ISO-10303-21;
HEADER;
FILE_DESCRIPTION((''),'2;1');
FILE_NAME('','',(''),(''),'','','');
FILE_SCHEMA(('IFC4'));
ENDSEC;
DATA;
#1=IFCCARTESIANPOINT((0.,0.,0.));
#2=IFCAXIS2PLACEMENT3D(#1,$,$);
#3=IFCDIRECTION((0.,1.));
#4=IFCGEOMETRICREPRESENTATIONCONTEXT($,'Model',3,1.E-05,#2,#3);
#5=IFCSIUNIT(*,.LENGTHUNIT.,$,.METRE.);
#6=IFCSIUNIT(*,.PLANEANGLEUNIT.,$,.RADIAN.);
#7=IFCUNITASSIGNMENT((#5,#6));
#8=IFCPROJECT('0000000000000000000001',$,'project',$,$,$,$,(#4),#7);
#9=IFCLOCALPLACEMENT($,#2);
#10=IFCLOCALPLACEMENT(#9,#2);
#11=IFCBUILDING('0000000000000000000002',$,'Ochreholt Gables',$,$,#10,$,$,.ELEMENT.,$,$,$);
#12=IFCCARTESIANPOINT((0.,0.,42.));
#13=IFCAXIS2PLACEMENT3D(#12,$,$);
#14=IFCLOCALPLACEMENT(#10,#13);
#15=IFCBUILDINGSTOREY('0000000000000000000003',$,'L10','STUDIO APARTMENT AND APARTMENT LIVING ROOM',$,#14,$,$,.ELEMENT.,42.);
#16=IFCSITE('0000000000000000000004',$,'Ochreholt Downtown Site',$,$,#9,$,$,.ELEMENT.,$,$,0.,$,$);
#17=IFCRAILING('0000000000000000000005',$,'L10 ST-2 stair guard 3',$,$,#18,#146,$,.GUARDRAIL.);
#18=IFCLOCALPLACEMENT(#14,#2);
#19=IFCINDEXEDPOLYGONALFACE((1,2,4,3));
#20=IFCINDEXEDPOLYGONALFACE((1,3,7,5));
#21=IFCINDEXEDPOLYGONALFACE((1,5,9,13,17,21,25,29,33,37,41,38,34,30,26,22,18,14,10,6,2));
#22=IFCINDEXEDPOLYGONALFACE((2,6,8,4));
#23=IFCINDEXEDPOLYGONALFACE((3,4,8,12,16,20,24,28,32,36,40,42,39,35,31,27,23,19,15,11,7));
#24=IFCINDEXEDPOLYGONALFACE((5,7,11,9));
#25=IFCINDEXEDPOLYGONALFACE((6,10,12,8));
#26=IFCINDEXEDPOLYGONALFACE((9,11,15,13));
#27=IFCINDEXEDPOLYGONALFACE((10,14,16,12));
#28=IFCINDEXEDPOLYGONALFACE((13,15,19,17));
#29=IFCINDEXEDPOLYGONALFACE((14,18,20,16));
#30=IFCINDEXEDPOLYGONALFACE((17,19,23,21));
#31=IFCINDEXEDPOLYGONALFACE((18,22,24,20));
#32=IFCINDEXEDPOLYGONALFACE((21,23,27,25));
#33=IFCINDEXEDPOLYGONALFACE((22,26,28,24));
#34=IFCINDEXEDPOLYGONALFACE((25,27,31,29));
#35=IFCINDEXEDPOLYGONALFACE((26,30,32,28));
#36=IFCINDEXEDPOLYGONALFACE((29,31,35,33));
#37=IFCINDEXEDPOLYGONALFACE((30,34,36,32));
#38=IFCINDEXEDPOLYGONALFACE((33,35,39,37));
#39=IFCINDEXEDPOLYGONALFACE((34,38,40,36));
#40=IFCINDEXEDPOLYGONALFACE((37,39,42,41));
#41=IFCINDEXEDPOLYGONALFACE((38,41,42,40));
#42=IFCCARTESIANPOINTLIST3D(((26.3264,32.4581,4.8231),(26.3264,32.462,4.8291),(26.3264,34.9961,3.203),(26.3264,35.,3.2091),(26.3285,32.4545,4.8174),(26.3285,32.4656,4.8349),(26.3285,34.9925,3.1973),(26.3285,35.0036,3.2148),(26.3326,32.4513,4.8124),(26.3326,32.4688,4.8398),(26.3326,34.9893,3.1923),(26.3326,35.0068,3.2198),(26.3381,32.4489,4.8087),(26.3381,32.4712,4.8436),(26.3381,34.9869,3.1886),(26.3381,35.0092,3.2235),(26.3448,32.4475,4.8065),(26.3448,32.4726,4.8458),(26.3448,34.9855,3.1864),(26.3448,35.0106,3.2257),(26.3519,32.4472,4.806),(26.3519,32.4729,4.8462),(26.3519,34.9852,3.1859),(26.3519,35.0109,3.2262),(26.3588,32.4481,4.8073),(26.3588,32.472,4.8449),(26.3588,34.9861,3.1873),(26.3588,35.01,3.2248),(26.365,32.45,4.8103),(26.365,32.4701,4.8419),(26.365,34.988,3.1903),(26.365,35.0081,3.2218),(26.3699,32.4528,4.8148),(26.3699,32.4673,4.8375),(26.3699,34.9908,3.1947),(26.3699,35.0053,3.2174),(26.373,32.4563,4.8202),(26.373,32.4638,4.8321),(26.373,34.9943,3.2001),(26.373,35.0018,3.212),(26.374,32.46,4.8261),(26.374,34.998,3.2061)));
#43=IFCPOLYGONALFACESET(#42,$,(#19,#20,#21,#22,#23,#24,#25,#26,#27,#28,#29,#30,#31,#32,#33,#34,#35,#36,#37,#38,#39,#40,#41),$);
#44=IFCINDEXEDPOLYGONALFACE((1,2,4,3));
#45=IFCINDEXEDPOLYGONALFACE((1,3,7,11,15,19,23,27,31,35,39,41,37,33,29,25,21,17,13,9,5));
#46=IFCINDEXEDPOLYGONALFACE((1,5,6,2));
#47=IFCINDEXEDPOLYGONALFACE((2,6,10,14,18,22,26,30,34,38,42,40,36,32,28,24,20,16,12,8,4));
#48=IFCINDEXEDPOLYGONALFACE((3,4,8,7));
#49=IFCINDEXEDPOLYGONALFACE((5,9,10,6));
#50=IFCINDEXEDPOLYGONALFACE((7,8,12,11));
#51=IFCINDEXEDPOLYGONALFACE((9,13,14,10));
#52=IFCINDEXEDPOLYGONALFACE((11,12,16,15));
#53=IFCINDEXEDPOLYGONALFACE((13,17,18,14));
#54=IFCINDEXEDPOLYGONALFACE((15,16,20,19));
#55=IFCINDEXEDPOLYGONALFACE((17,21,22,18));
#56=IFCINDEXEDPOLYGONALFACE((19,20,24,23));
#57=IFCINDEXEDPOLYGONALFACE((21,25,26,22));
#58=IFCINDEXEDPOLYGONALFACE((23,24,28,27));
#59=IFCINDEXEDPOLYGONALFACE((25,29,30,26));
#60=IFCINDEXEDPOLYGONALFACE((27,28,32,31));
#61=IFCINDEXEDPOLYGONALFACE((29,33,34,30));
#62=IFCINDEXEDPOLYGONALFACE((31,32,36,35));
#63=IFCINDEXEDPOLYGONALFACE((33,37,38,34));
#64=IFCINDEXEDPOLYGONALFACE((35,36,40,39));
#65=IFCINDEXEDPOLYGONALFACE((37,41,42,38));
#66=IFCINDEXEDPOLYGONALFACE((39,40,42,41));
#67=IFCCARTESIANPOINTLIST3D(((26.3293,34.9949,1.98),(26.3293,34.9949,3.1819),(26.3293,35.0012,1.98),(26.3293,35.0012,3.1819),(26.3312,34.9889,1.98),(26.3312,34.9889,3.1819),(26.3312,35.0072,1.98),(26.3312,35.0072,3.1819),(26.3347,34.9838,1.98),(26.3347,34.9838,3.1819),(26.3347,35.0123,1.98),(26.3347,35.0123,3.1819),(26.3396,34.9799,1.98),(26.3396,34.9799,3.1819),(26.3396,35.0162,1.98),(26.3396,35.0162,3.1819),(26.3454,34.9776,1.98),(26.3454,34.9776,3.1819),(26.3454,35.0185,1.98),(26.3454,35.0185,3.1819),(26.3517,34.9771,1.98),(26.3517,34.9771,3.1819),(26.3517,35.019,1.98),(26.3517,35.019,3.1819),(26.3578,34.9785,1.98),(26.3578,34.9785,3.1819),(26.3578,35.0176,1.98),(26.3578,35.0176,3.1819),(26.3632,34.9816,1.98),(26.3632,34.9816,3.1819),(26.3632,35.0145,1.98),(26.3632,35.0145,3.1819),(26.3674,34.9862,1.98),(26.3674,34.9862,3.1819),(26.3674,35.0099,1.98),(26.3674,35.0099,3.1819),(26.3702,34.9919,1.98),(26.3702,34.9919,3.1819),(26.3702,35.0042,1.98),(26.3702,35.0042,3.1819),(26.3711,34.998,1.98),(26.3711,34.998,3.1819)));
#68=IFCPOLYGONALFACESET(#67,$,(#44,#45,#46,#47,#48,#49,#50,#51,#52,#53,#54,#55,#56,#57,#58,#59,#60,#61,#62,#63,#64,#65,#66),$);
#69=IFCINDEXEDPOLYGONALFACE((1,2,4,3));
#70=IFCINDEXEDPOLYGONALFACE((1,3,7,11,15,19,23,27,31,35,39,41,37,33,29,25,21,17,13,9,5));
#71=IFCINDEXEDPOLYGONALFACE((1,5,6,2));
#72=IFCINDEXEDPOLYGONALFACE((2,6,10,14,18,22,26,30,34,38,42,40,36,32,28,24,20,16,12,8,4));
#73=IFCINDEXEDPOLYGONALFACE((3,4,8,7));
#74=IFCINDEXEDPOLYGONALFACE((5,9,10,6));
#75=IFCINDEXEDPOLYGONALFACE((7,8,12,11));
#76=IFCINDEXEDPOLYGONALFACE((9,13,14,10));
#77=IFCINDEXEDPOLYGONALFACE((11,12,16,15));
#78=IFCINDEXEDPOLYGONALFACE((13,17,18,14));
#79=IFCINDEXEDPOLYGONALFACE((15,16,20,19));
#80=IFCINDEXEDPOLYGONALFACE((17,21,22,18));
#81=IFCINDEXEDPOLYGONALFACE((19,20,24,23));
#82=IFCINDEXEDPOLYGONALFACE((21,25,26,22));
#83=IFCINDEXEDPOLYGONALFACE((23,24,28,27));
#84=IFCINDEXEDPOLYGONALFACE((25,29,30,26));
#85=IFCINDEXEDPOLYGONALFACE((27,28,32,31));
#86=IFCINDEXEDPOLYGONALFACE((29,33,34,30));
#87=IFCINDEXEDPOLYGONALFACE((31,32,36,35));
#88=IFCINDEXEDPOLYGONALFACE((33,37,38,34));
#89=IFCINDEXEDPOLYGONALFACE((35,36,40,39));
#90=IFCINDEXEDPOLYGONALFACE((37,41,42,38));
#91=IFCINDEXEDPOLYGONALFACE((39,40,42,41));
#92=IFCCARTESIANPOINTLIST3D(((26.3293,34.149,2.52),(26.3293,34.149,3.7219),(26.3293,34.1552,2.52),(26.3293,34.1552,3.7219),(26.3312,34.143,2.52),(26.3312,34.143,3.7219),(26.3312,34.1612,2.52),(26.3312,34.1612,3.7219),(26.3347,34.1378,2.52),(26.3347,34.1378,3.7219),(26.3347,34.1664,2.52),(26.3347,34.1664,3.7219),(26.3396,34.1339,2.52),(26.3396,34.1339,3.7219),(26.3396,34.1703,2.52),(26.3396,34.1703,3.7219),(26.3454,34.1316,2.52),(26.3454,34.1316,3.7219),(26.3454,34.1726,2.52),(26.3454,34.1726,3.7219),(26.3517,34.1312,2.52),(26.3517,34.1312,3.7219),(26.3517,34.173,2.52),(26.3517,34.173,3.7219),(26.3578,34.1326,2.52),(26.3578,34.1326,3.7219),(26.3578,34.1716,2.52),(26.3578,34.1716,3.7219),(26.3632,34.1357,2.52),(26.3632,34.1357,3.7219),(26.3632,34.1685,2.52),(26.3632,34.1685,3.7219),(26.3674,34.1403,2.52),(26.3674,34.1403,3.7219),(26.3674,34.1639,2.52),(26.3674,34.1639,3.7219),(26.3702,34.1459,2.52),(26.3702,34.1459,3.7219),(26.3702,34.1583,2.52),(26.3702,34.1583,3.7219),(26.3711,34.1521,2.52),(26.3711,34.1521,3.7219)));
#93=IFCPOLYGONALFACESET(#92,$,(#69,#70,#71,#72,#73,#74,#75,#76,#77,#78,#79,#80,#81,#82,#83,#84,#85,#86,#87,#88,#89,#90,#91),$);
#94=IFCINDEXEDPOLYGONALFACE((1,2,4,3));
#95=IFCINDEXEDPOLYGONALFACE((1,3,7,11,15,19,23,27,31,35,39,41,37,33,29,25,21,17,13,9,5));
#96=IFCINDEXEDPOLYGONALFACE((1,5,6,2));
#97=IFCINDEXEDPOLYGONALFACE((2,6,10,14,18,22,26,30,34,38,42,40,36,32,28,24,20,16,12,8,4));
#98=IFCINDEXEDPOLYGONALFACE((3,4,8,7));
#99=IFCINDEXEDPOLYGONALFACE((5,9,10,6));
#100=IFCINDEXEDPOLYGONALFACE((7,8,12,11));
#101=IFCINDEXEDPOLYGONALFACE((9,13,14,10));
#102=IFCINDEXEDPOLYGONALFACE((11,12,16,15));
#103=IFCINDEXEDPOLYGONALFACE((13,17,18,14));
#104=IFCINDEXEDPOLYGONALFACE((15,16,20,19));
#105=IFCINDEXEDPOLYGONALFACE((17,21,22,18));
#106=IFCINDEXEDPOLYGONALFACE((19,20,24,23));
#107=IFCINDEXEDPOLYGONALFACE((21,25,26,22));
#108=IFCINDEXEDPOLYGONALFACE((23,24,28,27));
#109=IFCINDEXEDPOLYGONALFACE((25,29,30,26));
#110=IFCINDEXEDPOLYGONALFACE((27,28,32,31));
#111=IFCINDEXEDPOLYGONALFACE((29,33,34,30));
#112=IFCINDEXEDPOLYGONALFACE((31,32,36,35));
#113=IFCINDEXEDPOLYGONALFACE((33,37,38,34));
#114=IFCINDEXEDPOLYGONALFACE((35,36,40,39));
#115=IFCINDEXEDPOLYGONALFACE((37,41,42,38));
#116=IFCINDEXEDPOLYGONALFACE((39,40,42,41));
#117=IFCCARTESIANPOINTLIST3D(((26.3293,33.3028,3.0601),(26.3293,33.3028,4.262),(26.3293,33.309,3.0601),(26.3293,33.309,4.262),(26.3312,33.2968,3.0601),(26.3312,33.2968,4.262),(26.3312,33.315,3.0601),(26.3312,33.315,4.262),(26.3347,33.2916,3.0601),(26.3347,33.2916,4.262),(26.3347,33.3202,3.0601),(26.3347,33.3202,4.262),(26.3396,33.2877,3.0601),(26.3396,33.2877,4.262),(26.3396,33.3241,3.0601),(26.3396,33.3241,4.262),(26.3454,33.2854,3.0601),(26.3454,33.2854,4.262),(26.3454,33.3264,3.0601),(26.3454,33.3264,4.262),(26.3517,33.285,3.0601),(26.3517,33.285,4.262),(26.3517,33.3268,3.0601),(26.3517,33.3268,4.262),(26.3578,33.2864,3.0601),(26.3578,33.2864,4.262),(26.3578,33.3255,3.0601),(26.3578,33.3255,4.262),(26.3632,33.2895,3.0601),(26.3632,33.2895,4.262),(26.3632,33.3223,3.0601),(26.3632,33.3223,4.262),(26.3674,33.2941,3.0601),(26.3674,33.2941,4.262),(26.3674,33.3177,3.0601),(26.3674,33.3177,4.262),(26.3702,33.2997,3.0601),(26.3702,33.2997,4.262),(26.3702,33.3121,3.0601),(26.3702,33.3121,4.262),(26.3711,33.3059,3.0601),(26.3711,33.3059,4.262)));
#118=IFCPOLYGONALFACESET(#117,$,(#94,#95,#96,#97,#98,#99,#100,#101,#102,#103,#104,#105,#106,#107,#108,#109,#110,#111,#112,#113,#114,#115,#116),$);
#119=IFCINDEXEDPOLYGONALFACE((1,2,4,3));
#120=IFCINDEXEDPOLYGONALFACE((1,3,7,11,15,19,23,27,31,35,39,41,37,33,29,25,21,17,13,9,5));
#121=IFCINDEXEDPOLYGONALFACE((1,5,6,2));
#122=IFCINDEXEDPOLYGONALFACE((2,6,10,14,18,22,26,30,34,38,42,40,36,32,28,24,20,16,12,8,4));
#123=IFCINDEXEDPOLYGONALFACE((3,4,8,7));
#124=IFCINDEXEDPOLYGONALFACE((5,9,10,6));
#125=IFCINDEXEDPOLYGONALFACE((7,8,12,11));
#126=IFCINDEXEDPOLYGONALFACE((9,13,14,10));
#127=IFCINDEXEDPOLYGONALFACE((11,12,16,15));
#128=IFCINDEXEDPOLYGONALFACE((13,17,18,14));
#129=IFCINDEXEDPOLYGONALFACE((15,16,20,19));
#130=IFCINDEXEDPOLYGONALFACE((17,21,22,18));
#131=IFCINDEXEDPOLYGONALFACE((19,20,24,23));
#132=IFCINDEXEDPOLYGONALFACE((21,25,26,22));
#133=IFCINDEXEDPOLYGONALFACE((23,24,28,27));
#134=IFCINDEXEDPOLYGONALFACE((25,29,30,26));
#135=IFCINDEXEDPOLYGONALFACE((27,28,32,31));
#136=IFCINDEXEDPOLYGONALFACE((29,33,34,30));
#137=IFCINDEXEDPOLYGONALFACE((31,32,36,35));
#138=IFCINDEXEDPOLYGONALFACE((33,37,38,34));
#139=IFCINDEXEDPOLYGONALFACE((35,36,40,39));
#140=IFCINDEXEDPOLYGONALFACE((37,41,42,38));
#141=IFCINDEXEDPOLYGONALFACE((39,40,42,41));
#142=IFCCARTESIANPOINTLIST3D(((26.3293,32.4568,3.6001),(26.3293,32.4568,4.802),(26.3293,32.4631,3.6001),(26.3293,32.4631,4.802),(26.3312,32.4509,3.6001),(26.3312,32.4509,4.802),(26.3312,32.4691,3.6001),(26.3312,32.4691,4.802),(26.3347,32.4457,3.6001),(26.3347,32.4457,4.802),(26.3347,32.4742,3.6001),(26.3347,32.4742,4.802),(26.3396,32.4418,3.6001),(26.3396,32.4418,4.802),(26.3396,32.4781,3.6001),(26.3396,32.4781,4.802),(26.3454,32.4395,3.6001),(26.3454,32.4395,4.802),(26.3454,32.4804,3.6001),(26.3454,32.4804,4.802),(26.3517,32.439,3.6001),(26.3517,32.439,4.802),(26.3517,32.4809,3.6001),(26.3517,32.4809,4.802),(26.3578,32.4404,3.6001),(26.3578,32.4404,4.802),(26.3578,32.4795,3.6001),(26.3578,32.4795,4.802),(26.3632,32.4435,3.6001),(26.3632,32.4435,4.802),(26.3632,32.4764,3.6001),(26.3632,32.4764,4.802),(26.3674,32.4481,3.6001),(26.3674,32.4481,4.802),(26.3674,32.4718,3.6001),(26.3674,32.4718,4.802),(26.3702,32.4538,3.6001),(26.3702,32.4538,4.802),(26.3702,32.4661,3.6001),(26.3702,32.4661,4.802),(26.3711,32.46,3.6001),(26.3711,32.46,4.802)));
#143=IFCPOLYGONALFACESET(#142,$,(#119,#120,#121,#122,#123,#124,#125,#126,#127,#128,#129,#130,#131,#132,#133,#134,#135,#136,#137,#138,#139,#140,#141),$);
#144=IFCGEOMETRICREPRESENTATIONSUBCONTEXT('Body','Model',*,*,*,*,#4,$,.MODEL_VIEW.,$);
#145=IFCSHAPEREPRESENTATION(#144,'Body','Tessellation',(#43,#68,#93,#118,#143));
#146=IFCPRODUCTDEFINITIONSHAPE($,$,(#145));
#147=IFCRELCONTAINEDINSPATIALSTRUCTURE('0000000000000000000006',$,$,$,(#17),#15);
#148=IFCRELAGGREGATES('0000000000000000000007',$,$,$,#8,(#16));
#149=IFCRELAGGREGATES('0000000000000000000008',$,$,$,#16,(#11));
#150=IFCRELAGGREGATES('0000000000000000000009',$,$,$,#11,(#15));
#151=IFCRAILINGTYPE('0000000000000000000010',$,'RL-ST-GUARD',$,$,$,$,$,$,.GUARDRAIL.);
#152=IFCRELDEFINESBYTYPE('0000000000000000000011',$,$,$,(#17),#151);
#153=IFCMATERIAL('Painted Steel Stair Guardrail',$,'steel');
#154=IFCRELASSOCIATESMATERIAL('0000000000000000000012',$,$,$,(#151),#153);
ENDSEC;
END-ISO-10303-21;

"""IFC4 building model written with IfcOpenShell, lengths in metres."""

from ifc_helpers import new_model, si_unit, direction, frame, origin, origin_2d, place, context, subcontext, project, spatial, circle, extrude, material, type_object, element, save


model = new_model("IFC4")

# Units and contexts
model_context = context("Model", 3, precision=1e-05, world=origin(), true_north=direction((0.0, 1.0)))
body_context = subcontext(model_context, "Body", "Model", "MODEL_VIEW")
ifc_project = project(units=[si_unit("LENGTHUNIT", "METRE"), si_unit("PLANEANGLEUNIT", "RADIAN")], contexts=[model_context])

# Site, building, storey
site_placement = place(None, origin())
site = spatial("IfcSite", under=ifc_project, at=site_placement, Name="Ochreholt Downtown Site", CompositionType="ELEMENT", RefElevation=0.0)
building_placement = place(site_placement, origin())
building = spatial("IfcBuilding", under=site, at=building_placement, Name="Ochreholt Gables", CompositionType="ELEMENT")
storey_placement = place(building_placement, frame((0.0, 0.0, 42.0)))
storey = spatial("IfcBuildingStorey", under=building, at=storey_placement, Name="L10", Description="STUDIO APARTMENT AND APARTMENT LIVING ROOM", CompositionType="ELEMENT", Elevation=42.0)

# Railing
ifc_material_1 = material(Name="Painted Steel Stair Guardrail", Category="steel")
railing_type_1 = type_object("IfcRailingType", Name="RL-ST-GUARD", PredefinedType="GUARDRAIL", material=ifc_material_1)
railing_1_placement = place(storey_placement, frame((26.3501, 34.998, 1.98)))
element("IfcRailing", 1, at=railing_1_placement, inside=storey, type_object=railing_type_1, Name="L10 ST-2 stair guard 3", PredefinedType="GUARDRAIL", context=body_context, shape_type="SweptSolid", body=[
    extrude(circle(Radius=0.0239, at=origin_2d()), frame((0.0, 0.0, 1.2261), z_axis=(0.0, -0.842913, 0.53805), x_axis=(1.0, 0.0, 0.0)), (0.0, 0.0, 1.0), 3.011),
    extrude(circle(Radius=0.021, at=origin_2d()), origin(), (0.0, 0.0, 1.0), 1.2019),
    extrude(circle(Radius=0.021, at=origin_2d()), frame((0.0, -0.8459, 0.54)), (0.0, 0.0, 1.0), 1.2019),
    extrude(circle(Radius=0.021, at=origin_2d()), frame((0.0, -1.6921, 1.0801)), (0.0, 0.0, 1.0), 1.2019),
    extrude(circle(Radius=0.021, at=origin_2d()), frame((0.0, -2.5381, 1.6201)), (0.0, 0.0, 1.0), 1.2019),
])

save(model, "model.ifc")
